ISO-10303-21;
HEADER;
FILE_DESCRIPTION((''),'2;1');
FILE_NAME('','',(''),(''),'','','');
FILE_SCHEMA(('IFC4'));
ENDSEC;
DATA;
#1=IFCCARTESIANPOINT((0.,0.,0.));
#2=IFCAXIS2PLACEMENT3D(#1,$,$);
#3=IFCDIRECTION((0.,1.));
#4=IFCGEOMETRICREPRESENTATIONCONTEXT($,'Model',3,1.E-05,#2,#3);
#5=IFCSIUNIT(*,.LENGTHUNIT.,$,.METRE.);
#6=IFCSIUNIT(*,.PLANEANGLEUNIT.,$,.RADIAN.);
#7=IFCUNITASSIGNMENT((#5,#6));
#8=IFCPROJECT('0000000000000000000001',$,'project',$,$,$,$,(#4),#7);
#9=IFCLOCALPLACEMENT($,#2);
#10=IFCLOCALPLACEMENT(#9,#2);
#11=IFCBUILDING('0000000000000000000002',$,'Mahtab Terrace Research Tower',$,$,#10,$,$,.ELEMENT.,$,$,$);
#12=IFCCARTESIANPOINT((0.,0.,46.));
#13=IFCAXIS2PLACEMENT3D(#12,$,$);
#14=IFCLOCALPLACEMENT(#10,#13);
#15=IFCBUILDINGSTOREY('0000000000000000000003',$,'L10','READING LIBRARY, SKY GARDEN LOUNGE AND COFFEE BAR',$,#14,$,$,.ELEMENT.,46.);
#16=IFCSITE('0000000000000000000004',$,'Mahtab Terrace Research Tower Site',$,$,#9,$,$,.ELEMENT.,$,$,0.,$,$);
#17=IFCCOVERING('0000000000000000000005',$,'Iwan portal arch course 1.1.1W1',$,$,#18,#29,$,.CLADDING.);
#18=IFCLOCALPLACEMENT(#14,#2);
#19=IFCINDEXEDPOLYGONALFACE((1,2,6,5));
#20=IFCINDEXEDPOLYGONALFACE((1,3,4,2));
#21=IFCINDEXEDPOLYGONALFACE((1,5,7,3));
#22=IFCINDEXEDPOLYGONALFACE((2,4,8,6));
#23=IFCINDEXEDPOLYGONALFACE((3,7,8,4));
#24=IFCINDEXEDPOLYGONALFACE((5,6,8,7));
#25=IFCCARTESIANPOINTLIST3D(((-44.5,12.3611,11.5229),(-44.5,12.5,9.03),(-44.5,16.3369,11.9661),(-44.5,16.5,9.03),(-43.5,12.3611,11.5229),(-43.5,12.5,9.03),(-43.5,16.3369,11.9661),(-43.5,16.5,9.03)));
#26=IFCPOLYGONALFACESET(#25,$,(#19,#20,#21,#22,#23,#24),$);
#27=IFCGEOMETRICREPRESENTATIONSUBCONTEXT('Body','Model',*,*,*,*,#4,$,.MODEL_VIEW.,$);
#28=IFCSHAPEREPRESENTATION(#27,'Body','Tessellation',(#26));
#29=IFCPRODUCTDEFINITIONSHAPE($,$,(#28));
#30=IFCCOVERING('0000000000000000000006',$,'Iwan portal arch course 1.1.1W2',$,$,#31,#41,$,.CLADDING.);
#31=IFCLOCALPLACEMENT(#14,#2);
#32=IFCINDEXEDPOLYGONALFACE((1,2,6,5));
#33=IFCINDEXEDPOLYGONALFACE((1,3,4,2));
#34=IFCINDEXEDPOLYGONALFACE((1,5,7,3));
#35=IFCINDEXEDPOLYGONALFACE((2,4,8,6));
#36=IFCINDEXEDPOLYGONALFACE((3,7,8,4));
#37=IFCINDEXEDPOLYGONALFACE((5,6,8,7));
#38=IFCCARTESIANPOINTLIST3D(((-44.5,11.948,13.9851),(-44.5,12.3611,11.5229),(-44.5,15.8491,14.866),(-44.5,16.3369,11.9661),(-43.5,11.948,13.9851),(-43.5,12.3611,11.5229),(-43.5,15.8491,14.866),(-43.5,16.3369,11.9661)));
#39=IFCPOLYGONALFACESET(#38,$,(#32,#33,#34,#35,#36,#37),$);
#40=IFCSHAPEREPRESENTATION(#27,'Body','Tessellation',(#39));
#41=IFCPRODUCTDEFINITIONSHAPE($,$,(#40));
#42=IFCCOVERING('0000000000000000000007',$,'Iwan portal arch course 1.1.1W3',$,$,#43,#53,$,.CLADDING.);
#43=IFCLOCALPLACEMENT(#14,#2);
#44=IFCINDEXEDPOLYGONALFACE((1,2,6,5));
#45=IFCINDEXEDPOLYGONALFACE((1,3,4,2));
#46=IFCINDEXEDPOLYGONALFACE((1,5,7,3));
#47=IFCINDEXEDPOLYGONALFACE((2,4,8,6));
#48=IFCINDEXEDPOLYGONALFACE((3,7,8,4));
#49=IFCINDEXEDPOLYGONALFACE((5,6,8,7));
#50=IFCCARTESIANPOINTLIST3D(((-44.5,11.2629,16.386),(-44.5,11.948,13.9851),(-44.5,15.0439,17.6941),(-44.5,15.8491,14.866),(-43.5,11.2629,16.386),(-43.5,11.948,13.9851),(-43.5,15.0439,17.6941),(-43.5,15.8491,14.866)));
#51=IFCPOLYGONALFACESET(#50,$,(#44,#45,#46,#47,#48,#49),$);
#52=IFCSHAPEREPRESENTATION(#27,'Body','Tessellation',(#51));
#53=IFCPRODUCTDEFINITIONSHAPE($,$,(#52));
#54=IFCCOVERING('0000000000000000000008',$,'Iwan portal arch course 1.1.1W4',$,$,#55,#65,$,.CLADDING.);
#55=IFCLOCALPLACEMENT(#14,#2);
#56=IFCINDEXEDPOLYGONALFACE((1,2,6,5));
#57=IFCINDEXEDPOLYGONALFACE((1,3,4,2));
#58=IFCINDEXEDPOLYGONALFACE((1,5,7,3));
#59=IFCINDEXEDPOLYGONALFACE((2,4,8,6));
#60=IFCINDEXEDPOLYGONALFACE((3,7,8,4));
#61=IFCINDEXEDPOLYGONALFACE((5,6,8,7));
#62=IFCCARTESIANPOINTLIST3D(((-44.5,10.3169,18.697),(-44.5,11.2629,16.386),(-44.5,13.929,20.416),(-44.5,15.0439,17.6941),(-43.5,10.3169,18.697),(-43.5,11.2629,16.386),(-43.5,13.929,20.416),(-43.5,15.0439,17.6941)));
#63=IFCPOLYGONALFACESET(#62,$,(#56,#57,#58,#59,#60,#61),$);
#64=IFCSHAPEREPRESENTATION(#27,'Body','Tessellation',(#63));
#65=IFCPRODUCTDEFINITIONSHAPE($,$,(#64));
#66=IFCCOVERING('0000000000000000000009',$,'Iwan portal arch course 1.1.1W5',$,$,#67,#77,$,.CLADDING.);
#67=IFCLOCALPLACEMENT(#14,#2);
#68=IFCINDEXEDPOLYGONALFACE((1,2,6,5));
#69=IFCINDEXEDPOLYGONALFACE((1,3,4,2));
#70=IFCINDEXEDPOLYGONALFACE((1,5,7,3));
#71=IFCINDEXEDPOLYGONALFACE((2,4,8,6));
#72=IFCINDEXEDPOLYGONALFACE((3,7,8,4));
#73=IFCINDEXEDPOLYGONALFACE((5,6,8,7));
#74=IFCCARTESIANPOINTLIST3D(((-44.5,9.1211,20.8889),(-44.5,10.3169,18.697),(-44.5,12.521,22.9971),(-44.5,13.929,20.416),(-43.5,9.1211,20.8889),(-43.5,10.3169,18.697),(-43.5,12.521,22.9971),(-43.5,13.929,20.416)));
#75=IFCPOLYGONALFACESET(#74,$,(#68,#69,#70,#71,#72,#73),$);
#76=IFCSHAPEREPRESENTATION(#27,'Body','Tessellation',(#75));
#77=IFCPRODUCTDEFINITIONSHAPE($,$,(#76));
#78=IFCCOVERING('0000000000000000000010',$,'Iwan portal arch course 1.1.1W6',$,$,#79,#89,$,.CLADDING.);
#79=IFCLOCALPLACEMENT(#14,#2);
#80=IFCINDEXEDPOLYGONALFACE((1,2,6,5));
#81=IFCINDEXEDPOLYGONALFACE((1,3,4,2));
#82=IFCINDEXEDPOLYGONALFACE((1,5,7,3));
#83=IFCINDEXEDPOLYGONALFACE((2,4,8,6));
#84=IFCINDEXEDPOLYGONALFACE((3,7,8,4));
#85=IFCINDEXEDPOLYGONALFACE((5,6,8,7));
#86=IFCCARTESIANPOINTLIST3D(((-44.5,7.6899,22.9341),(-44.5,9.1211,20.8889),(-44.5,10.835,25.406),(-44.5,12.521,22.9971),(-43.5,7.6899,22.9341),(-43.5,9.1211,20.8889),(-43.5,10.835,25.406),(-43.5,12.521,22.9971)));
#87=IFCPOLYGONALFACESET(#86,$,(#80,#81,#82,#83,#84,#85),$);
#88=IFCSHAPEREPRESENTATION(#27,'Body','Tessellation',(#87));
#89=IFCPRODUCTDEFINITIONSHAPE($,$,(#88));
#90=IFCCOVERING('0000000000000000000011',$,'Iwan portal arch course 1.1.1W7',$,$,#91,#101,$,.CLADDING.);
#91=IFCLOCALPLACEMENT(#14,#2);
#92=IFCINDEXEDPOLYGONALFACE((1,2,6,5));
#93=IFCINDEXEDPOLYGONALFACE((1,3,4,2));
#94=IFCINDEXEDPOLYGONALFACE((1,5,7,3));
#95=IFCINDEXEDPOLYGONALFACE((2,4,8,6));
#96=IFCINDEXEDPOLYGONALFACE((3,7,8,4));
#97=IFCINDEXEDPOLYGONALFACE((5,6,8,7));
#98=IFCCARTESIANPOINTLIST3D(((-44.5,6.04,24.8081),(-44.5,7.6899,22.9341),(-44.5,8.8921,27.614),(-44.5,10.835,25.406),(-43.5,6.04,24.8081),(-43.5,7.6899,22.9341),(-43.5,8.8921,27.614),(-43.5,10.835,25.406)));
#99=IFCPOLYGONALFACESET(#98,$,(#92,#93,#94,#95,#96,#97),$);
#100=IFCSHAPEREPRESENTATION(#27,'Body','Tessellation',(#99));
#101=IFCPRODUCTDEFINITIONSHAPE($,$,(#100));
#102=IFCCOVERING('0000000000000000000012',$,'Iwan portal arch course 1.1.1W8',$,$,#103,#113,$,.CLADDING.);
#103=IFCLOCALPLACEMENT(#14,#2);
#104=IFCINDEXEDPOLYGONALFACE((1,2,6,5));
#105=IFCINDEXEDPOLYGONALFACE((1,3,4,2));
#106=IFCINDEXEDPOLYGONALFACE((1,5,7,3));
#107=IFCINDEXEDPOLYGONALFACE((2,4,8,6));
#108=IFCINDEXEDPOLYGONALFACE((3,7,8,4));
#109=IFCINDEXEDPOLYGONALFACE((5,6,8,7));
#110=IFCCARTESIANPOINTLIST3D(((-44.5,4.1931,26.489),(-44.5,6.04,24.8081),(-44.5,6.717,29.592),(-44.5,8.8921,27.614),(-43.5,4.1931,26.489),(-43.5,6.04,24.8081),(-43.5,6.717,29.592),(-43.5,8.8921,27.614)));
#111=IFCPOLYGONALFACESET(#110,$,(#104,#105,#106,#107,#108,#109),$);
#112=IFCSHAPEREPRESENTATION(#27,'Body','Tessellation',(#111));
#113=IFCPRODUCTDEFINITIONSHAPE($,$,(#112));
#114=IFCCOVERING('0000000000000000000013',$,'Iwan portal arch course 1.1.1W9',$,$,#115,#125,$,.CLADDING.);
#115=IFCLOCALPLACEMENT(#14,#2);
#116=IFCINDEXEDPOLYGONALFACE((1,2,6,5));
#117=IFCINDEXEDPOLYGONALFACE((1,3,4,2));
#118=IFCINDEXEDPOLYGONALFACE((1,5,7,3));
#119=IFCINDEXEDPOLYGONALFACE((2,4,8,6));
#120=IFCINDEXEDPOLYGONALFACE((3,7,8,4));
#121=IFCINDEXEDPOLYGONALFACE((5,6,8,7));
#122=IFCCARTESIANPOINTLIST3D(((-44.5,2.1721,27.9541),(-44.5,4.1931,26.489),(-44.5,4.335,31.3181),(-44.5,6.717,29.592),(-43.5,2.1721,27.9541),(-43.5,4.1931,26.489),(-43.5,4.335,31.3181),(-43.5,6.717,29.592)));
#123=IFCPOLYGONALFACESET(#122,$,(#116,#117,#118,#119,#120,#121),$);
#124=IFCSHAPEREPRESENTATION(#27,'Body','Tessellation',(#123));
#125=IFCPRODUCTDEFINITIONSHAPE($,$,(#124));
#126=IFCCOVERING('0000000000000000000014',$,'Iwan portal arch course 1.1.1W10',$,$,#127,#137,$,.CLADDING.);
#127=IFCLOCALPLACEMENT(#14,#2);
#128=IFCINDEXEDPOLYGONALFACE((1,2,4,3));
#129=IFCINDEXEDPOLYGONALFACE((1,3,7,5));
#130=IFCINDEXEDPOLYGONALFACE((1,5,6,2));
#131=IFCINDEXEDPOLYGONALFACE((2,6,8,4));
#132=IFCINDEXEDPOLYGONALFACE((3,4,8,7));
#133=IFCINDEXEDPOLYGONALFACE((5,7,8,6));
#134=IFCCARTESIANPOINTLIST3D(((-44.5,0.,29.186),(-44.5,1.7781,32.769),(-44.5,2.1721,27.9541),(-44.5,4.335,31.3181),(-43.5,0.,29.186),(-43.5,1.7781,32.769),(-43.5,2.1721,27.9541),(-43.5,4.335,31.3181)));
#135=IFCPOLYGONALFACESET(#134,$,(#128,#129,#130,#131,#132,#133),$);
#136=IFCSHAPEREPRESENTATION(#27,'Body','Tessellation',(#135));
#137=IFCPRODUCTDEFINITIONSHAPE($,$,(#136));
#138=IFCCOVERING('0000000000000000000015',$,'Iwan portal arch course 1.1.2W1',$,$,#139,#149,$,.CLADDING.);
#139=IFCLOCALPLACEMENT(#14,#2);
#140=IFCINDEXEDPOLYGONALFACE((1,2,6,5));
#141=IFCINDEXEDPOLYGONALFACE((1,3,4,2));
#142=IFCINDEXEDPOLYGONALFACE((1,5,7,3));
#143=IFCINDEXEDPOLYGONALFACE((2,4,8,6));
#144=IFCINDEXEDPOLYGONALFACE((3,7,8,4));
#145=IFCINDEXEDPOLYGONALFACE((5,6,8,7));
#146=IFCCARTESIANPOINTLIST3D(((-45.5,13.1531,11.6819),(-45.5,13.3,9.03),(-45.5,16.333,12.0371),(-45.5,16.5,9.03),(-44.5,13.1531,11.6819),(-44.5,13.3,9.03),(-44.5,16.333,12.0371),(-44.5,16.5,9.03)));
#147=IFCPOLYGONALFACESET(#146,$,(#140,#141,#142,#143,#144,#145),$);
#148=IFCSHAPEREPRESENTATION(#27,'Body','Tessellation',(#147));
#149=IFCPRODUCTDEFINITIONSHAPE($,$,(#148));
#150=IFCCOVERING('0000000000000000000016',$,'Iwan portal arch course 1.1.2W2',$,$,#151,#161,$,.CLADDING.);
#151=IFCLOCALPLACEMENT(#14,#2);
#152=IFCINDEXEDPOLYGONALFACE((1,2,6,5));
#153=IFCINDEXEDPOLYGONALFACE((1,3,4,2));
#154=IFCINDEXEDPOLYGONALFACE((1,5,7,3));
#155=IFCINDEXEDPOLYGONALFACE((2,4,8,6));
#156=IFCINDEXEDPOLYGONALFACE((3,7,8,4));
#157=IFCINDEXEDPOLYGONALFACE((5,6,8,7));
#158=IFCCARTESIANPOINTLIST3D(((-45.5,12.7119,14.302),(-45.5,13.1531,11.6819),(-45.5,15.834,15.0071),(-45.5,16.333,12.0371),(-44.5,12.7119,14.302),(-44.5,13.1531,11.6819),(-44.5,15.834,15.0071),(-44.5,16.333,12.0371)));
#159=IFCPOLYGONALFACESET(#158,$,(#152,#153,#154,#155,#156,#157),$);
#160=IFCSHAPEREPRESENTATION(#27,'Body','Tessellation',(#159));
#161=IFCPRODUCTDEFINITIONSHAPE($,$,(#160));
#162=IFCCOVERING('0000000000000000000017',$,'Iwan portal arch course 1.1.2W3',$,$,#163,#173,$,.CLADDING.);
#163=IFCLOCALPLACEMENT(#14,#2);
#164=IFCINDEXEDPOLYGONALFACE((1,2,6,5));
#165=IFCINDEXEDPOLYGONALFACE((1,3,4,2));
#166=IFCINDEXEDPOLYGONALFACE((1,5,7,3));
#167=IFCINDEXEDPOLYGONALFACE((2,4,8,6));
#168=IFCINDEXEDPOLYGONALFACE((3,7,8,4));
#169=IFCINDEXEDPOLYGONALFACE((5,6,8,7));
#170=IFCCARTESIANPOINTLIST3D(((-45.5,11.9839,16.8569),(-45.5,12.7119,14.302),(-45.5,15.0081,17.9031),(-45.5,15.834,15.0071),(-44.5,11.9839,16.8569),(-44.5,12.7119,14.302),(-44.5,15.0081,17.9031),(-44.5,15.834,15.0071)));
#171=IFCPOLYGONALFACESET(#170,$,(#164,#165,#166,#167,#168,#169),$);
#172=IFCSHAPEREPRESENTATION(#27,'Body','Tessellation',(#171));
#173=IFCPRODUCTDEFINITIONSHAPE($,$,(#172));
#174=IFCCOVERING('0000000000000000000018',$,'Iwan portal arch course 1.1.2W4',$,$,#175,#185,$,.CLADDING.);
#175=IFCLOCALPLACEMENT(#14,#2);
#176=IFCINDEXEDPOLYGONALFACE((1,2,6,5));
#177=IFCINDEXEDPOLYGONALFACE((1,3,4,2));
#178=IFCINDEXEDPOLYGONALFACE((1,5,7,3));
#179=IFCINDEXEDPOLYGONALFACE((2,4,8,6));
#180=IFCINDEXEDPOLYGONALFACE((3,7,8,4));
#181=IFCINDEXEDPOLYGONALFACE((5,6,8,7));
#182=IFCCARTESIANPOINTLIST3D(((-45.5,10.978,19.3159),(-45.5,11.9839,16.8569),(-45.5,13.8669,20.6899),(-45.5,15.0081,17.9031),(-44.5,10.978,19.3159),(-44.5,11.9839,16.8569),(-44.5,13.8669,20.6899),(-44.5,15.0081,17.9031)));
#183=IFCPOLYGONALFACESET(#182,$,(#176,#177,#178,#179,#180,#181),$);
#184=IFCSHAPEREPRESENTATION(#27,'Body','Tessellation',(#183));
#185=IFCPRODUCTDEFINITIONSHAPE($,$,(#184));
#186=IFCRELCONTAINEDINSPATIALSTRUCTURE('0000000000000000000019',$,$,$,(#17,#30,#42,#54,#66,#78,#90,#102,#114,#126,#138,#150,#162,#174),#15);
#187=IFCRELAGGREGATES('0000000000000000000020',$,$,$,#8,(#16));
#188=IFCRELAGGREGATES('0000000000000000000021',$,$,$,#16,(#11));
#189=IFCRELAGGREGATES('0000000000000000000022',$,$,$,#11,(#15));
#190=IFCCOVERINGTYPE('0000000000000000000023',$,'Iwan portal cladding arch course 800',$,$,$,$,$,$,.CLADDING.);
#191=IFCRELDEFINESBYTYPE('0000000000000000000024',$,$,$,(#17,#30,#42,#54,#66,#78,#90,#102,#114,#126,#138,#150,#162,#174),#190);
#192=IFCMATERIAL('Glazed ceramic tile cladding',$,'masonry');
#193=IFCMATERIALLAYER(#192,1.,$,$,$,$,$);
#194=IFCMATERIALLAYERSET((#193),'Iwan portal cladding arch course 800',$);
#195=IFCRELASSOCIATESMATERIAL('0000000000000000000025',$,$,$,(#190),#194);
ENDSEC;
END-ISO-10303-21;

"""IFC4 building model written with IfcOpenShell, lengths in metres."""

from ifc_helpers import new_model, si_unit, direction, frame, origin, place, context, subcontext, project, spatial, polyline, outline, extrude, material, layer, layer_set, type_object, element, save


model = new_model("IFC4")

# Units and contexts
model_context = context("Model", 3, precision=1e-05, world=origin(), true_north=direction((0.0, 1.0)))
body_context = subcontext(model_context, "Body", "Model", "MODEL_VIEW")
ifc_project = project(units=[si_unit("LENGTHUNIT", "METRE"), si_unit("PLANEANGLEUNIT", "RADIAN")], contexts=[model_context])

# Site, building, storey
site_placement = place(None, origin())
site = spatial("IfcSite", under=ifc_project, at=site_placement, Name="Mahtab Terrace Research Tower Site", CompositionType="ELEMENT", RefElevation=0.0)
building_placement = place(site_placement, origin())
building = spatial("IfcBuilding", under=site, at=building_placement, Name="Mahtab Terrace Research Tower", CompositionType="ELEMENT")
storey_placement = place(building_placement, frame((0.0, 0.0, 46.0)))
storey = spatial("IfcBuildingStorey", under=building, at=storey_placement, Name="L10", Description="READING LIBRARY, SKY GARDEN LOUNGE AND COFFEE BAR", CompositionType="ELEMENT", Elevation=46.0)

# Coverings
ifc_material_1 = material(Name="Glazed ceramic tile cladding", Category="masonry")
ifc_layer_1 = layer(ifc_material_1, 1.0)
ifc_layer_set_1 = layer_set([ifc_layer_1], Name="Iwan portal cladding arch course 800")
covering_type_1 = type_object("IfcCoveringType", Name="Iwan portal cladding arch course 800", PredefinedType="CLADDING", material=ifc_layer_set_1)
covering_1_placement = place(storey_placement, frame((-43.5, 16.5, 9.03), z_axis=(1.0, 0.0, 0.0), x_axis=(0.0, -0.055461, 0.998461)))
element("IfcCovering", 1, at=covering_1_placement, inside=storey, type_object=covering_type_1, Name="Iwan portal arch course 1.1.1W1", PredefinedType="CLADDING", context=body_context, shape_type="SweptSolid", body=[
    extrude(outline(polyline([(0.0, 0.0), (2.9406, 0.0), (2.7186, 3.9943), (0.2218, 3.9938), (0.0, 0.0)])), origin(), (0.0, 0.0, -1.0), 1.0),
])
covering_2_placement = place(storey_placement, frame((-43.5, 16.3369, 11.9661), z_axis=(1.0, 0.0, 0.0), x_axis=(0.0, -0.16588, 0.986146)))
element("IfcCovering", 2, at=covering_2_placement, inside=storey, type_object=covering_type_1, Name="Iwan portal arch course 1.1.1W2", PredefinedType="CLADDING", context=body_context, shape_type="SweptSolid", body=[
    extrude(outline(polyline([(0.0, 0.0), (2.9406, 0.0), (2.7191, 3.9932), (0.2225, 3.9943), (0.0, 0.0)])), origin(), (0.0, 0.0, -1.0), 1.0),
])
covering_3_placement = place(storey_placement, frame((-43.5, 15.8491, 14.866), z_axis=(1.0, 0.0, 0.0), x_axis=(0.0, -0.273822, 0.96178)))
element("IfcCovering", 3, at=covering_3_placement, inside=storey, type_object=covering_type_1, Name="Iwan portal arch course 1.1.1W3", PredefinedType="CLADDING", context=body_context, shape_type="SweptSolid", body=[
    extrude(outline(polyline([(0.0, 0.0), (2.9405, 0.0), (2.7177, 3.9947), (0.221, 3.9932), (0.0, 0.0)])), origin(), (0.0, 0.0, -1.0), 1.0),
])
covering_4_placement = place(storey_placement, frame((-43.5, 15.0439, 17.6941), z_axis=(1.0, 0.0, 0.0), x_axis=(0.0, -0.379063, 0.925371)))
element("IfcCovering", 4, at=covering_4_placement, inside=storey, type_object=covering_type_1, Name="Iwan portal arch course 1.1.1W4", PredefinedType="CLADDING", context=body_context, shape_type="SweptSolid", body=[
    extrude(outline(polyline([(0.0, 0.0), (2.9414, 0.0), (2.7199, 3.9941), (0.2228, 3.9947), (0.0, 0.0)])), origin(), (0.0, 0.0, -1.0), 1.0),
])
covering_5_placement = place(storey_placement, frame((-43.5, 13.929, 20.416), z_axis=(1.0, 0.0, 0.0), x_axis=(0.0, -0.478881, 0.87788)))
element("IfcCovering", 5, at=covering_5_placement, inside=storey, type_object=covering_type_1, Name="Iwan portal arch course 1.1.1W5", PredefinedType="CLADDING", context=body_context, shape_type="SweptSolid", body=[
    extrude(outline(polyline([(0.0, 0.0), (2.9401, 0.0), (2.7175, 3.9943), (0.2207, 3.9941), (0.0, 0.0)])), origin(), (0.0, 0.0, -1.0), 1.0),
])
covering_6_placement = place(storey_placement, frame((-43.5, 12.521, 22.9971), z_axis=(1.0, 0.0, 0.0), x_axis=(0.0, -0.573412, 0.819267)))
element("IfcCovering", 6, at=covering_6_placement, inside=storey, type_object=covering_type_1, Name="Iwan portal arch course 1.1.1W6", PredefinedType="CLADDING", context=body_context, shape_type="SweptSolid", body=[
    extrude(outline(polyline([(0.0, 0.0), (2.9404, 0.0), (2.7186, 3.994), (0.2224, 3.9943), (0.0, 0.0)])), origin(), (0.0, 0.0, -1.0), 1.0),
])
covering_7_placement = place(storey_placement, frame((-43.5, 10.835, 25.406), z_axis=(1.0, 0.0, 0.0), x_axis=(0.0, -0.660594, 0.750743)))
element("IfcCovering", 7, at=covering_7_placement, inside=storey, type_object=covering_type_1, Name="Iwan portal arch course 1.1.1W7", PredefinedType="CLADDING", context=body_context, shape_type="SweptSolid", body=[
    extrude(outline(polyline([(0.0, 0.0), (2.9411, 0.0), (2.7186, 3.9947), (0.2218, 3.994), (0.0, 0.0)])), origin(), (0.0, 0.0, -1.0), 1.0),
])
covering_8_placement = place(storey_placement, frame((-43.5, 8.8921, 27.614), z_axis=(1.0, 0.0, 0.0), x_axis=(0.0, -0.73982, 0.672805)))
element("IfcCovering", 8, at=covering_8_placement, inside=storey, type_object=covering_type_1, Name="Iwan portal arch course 1.1.1W8", PredefinedType="CLADDING", context=body_context, shape_type="SweptSolid", body=[
    extrude(outline(polyline([(0.0, 0.0), (2.94, 0.0), (2.7195, 3.9938), (0.2222, 3.9947), (0.0, 0.0)])), origin(), (0.0, 0.0, -1.0), 1.0),
])
covering_9_placement = place(storey_placement, frame((-43.5, 6.717, 29.592), z_axis=(1.0, 0.0, 0.0), x_axis=(0.0, -0.809761, 0.586759)))
element("IfcCovering", 9, at=covering_9_placement, inside=storey, type_object=covering_type_1, Name="Iwan portal arch course 1.1.1W9", PredefinedType="CLADDING", context=body_context, shape_type="SweptSolid", body=[
    extrude(outline(polyline([(0.0, 0.0), (2.9417, 0.0), (2.7192, 3.9931), (0.223, 3.9936), (0.0, 0.0)])), origin(), (0.0, 0.0, -1.0), 1.0),
])
covering_10_placement = place(storey_placement, frame((-43.5, 4.335, 31.3181), z_axis=(1.0, 0.0, 0.0), x_axis=(0.0, -0.869726, 0.493534)))
element("IfcCovering", 10, at=covering_10_placement, inside=storey, type_object=covering_type_1, Name="Iwan portal arch course 1.1.1W10", PredefinedType="CLADDING", context=body_context, shape_type="SweptSolid", body=[
    extrude(outline(polyline([(0.0, 0.0), (2.9399, 0.0), (2.718, 3.9938), (0.2208, 3.9932), (0.0, 0.0)])), origin(), (0.0, 0.0, -1.0), 1.0),
])
covering_11_placement = place(storey_placement, frame((-44.5, 16.5, 9.03), z_axis=(1.0, 0.0, 0.0), x_axis=(0.0, -0.055448, 0.998462)))
element("IfcCovering", 11, at=covering_11_placement, inside=storey, type_object=covering_type_1, Name="Iwan portal arch course 1.1.2W1", PredefinedType="CLADDING", context=body_context, shape_type="SweptSolid", body=[
    extrude(outline(polyline([(0.0, 0.0), (3.0117, 0.0), (2.8334, 3.1947), (0.1774, 3.195), (0.0, 0.0)])), origin(), (0.0, 0.0, -1.0), 1.0),
])
covering_12_placement = place(storey_placement, frame((-44.5, 16.333, 12.0371), z_axis=(1.0, 0.0, 0.0), x_axis=(0.0, -0.1657, 0.986176)))
element("IfcCovering", 12, at=covering_12_placement, inside=storey, type_object=covering_type_1, Name="Iwan portal arch course 1.1.2W2", PredefinedType="CLADDING", context=body_context, shape_type="SweptSolid", body=[
    extrude(outline(polyline([(0.0, 0.0), (3.0116, 0.0), (2.8336, 3.1957), (0.1766, 3.1948), (0.0, 0.0)])), origin(), (0.0, 0.0, -1.0), 1.0),
])
covering_13_placement = place(storey_placement, frame((-44.5, 15.834, 15.0071), z_axis=(1.0, 0.0, 0.0), x_axis=(0.0, -0.274261, 0.961655)))
element("IfcCovering", 13, at=covering_13_placement, inside=storey, type_object=covering_type_1, Name="Iwan portal arch course 1.1.2W3", PredefinedType="CLADDING", context=body_context, shape_type="SweptSolid", body=[
    extrude(outline(polyline([(0.0, 0.0), (3.0115, 0.0), (2.8349, 3.1951), (0.1782, 3.1957), (0.0, 0.0)])), origin(), (0.0, 0.0, -1.0), 1.0),
])
covering_14_placement = place(storey_placement, frame((-44.5, 15.0081, 17.9031), z_axis=(1.0, 0.0, 0.0), x_axis=(0.0, -0.378926, 0.925427)))
element("IfcCovering", 14, at=covering_14_placement, inside=storey, type_object=covering_type_1, Name="Iwan portal arch course 1.1.2W4", PredefinedType="CLADDING", context=body_context, shape_type="SweptSolid", body=[
    extrude(outline(polyline([(0.0, 0.0), (3.0114, 0.0), (2.8346, 3.1941), (0.1778, 3.1951), (0.0, 0.0)])), origin(), (0.0, 0.0, -1.0), 1.0),
])

save(model, "model.ifc")
